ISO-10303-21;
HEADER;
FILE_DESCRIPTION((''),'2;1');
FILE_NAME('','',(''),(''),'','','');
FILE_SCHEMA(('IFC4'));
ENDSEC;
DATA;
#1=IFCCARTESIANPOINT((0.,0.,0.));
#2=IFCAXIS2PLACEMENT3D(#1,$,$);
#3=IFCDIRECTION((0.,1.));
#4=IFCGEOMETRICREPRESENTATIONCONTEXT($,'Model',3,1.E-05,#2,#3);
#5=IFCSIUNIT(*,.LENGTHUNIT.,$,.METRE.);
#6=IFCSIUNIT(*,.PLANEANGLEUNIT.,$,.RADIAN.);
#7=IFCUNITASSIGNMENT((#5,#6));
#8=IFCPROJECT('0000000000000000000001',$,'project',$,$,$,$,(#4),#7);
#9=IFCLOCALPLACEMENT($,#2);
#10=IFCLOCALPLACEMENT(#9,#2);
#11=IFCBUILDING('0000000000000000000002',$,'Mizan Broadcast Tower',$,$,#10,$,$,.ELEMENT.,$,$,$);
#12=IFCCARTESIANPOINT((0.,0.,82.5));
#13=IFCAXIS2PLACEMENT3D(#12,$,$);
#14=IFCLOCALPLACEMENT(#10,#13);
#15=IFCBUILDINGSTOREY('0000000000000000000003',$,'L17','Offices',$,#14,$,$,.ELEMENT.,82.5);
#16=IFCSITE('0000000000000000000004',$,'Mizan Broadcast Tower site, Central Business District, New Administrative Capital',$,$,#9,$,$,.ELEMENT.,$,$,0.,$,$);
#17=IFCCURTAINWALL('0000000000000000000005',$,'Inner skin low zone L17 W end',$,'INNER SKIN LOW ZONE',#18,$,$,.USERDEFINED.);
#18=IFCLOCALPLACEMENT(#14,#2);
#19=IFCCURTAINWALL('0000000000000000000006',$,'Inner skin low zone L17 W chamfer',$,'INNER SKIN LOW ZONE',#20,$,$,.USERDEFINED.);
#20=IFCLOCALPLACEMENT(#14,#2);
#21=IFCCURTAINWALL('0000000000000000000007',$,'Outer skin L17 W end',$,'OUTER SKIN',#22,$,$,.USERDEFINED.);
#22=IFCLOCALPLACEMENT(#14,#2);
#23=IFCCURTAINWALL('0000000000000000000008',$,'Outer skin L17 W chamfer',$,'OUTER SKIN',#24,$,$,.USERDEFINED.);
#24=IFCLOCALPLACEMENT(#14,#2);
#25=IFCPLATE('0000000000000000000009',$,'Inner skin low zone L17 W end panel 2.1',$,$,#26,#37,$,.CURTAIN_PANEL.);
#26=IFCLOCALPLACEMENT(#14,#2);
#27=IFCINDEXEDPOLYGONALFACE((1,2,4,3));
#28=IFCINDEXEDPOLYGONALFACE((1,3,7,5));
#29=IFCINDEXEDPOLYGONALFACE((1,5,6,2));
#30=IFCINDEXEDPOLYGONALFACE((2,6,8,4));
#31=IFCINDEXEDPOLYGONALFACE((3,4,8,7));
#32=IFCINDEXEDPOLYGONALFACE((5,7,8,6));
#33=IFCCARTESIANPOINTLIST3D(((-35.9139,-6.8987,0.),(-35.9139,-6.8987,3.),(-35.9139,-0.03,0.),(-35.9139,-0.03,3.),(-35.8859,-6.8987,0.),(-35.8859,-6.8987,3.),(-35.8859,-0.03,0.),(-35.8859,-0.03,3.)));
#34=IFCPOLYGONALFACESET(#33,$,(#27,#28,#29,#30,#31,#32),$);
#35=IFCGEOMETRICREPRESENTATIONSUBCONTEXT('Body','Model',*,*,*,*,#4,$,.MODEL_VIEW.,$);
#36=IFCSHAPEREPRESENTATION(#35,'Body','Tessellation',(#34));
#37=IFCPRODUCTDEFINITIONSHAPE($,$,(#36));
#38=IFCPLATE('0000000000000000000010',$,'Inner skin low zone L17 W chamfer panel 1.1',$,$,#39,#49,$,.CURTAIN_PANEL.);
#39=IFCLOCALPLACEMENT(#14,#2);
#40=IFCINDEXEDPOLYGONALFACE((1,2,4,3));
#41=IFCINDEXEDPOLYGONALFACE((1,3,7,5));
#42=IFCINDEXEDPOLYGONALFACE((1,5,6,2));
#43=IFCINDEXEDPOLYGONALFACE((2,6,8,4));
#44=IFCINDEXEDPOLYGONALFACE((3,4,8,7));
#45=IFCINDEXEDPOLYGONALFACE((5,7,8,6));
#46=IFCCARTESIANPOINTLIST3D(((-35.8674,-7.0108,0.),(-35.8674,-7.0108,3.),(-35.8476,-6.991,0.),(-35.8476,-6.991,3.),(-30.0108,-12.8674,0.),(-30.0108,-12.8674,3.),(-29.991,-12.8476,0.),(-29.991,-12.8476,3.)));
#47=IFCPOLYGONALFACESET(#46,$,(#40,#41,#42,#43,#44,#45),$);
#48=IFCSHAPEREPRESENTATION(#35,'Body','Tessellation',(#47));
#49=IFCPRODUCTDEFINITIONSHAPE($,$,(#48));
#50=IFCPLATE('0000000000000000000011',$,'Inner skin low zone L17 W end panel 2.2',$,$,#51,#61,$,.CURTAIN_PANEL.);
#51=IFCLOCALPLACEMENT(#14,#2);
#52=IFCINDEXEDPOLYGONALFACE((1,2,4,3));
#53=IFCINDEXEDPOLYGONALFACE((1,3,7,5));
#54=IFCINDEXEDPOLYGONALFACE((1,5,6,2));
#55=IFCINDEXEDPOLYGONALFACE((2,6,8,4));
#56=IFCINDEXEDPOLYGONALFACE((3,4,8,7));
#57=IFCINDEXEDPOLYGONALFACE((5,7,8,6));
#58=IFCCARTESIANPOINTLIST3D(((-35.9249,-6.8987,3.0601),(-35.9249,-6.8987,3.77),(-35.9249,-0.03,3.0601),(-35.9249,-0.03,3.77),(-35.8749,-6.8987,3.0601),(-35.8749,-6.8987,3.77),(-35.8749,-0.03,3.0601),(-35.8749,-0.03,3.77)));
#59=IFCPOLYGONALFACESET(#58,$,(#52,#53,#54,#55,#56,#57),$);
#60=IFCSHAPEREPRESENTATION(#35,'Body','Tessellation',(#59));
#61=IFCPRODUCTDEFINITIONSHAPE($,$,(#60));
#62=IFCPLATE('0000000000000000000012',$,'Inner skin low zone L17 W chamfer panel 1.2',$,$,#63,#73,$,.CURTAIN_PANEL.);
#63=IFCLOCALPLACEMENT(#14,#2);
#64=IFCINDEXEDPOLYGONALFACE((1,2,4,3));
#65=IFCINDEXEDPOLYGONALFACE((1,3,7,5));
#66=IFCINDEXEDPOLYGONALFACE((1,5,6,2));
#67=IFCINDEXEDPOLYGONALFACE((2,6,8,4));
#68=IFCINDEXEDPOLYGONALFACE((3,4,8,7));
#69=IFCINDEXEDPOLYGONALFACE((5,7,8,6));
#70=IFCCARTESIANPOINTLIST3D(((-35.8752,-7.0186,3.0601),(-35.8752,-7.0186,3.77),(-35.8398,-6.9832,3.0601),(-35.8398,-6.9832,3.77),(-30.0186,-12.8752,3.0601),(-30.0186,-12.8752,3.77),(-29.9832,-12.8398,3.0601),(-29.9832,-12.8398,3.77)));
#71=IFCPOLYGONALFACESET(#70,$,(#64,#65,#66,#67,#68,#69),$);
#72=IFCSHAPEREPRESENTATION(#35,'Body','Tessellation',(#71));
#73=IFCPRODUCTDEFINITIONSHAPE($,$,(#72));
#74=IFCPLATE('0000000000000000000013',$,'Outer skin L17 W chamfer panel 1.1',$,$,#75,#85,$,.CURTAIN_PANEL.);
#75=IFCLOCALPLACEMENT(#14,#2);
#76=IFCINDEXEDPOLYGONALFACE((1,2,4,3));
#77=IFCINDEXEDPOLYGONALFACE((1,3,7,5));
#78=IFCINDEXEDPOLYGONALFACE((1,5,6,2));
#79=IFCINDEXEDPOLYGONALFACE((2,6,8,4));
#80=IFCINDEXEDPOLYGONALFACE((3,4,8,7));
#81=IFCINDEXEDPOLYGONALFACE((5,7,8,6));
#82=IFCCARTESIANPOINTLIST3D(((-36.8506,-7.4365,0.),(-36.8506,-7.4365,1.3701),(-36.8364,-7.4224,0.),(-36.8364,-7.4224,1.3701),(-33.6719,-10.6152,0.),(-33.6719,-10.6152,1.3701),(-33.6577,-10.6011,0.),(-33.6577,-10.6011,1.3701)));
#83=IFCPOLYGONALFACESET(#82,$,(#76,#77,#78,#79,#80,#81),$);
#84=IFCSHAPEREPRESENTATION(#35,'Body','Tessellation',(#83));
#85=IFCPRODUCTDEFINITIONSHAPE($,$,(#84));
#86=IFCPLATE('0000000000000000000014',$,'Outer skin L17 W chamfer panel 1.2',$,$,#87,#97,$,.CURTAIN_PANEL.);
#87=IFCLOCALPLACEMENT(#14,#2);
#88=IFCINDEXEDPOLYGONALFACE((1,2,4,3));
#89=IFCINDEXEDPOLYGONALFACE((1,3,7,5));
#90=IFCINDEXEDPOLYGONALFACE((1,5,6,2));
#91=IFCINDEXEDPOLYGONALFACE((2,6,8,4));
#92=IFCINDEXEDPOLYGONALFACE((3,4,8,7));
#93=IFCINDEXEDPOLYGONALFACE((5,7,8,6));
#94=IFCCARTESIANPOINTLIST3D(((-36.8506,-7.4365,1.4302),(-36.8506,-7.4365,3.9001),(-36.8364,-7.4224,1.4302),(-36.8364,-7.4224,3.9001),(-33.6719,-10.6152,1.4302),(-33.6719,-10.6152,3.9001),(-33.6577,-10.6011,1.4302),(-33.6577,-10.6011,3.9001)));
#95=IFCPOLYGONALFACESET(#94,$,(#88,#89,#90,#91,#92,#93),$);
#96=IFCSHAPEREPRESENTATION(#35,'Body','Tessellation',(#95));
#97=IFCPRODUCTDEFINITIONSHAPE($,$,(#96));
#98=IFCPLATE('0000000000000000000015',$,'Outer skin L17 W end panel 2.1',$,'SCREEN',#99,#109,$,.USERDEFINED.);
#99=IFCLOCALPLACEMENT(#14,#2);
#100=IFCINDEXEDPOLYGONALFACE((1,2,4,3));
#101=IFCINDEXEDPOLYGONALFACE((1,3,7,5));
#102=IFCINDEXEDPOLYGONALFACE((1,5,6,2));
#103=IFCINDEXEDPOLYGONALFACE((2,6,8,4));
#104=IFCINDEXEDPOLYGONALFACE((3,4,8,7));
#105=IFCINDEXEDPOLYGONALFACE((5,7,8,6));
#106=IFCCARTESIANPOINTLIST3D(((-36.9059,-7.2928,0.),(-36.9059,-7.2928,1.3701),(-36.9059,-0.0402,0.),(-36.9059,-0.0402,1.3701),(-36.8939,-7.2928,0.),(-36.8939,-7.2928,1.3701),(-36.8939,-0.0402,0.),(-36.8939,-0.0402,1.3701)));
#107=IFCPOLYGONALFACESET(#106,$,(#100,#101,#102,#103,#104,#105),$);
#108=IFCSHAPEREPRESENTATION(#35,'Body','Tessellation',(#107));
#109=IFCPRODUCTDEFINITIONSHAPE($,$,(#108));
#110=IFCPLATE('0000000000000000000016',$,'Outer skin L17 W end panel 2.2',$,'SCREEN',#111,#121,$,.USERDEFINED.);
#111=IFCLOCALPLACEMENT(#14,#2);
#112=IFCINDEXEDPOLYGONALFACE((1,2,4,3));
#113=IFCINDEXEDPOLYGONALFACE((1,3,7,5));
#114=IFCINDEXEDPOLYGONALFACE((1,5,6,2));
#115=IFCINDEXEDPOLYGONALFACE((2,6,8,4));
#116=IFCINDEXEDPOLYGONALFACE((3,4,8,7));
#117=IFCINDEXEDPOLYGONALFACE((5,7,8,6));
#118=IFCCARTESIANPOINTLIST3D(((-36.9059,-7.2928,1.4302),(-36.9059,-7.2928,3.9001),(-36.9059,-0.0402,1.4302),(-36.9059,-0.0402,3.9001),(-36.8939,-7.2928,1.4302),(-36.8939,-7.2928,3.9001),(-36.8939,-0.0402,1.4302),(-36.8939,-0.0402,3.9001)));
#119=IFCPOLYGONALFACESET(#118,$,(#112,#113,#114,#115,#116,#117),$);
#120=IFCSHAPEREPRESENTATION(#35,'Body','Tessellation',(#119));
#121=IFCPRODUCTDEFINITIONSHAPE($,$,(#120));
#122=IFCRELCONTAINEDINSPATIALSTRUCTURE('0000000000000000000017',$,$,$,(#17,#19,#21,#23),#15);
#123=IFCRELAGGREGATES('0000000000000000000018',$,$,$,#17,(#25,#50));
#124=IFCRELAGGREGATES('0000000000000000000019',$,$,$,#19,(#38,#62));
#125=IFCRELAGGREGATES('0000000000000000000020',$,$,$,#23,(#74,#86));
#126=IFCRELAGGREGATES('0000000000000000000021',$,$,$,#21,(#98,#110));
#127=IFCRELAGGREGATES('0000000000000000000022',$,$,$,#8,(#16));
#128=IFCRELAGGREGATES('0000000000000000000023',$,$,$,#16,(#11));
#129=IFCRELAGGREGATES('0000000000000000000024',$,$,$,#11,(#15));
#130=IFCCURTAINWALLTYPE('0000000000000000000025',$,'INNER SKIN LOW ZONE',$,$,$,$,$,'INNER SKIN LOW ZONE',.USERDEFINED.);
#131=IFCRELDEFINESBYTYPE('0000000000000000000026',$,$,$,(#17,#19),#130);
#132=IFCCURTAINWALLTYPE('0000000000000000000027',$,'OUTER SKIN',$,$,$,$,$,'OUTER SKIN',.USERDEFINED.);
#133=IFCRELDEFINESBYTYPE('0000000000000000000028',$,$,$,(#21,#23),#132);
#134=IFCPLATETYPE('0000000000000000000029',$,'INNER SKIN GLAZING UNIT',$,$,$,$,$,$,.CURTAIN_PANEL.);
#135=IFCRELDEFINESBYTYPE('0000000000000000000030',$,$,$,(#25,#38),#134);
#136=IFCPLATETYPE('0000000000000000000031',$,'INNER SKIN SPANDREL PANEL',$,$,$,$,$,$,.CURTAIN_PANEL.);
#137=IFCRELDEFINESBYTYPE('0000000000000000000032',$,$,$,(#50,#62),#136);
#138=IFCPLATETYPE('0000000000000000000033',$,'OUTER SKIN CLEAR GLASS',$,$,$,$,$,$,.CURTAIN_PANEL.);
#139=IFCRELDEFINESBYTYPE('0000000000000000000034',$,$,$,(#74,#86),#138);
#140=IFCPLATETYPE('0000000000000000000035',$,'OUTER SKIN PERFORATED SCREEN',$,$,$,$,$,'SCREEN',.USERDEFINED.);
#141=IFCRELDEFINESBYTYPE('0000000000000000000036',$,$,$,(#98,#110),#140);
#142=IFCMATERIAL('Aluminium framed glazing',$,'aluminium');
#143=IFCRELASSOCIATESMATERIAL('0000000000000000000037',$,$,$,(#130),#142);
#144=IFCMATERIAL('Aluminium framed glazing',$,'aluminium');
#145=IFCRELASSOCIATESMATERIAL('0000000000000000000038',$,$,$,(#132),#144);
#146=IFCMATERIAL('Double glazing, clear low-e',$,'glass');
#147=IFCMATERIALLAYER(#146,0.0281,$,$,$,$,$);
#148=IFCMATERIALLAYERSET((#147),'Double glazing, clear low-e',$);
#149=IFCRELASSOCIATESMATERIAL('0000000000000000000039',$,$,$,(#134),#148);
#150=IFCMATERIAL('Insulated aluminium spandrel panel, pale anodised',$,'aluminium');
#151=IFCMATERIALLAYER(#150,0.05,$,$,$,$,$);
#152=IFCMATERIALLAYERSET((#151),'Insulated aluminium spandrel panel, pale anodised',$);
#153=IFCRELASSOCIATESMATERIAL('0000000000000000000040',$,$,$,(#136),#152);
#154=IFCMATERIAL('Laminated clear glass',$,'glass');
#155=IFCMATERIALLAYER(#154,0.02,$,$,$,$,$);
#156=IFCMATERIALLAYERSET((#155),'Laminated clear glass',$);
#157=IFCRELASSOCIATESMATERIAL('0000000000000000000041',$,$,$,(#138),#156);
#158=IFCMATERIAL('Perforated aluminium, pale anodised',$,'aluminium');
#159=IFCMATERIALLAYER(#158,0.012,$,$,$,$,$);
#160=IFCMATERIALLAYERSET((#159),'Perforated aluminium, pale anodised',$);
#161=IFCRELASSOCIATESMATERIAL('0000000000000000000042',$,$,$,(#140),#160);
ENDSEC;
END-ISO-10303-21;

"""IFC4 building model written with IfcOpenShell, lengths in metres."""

from ifc_helpers import new_model, si_unit, direction, frame, origin, origin_2d, place, context, subcontext, project, spatial, rectangle, extrude, material, layer, layer_set, type_object, element, aggregate, save


model = new_model("IFC4")

# Units and contexts
model_context = context("Model", 3, precision=1e-05, world=origin(), true_north=direction((0.0, 1.0)))
body_context = subcontext(model_context, "Body", "Model", "MODEL_VIEW")
ifc_project = project(units=[si_unit("LENGTHUNIT", "METRE"), si_unit("PLANEANGLEUNIT", "RADIAN")], contexts=[model_context])

# Site, building, storey
site_placement = place(None, origin())
site = spatial("IfcSite", under=ifc_project, at=site_placement, Name="Mizan Broadcast Tower site, Central Business District, New Administrative Capital", CompositionType="ELEMENT", RefElevation=0.0)
building_placement = place(site_placement, origin())
building = spatial("IfcBuilding", under=site, at=building_placement, Name="Mizan Broadcast Tower", CompositionType="ELEMENT")
storey_placement = place(building_placement, frame((0.0, 0.0, 82.5)))
storey = spatial("IfcBuildingStorey", under=building, at=storey_placement, Name="L17", Description="Offices", CompositionType="ELEMENT", Elevation=82.5)

# Curtain wall
ifc_material_1 = material(Name="Aluminium framed glazing", Category="aluminium")
curtain_wall_type_1 = type_object("IfcCurtainWallType", Name="INNER SKIN LOW ZONE", ElementType="INNER SKIN LOW ZONE", PredefinedType="USERDEFINED", material=ifc_material_1)
curtain_wall_1_placement = place(storey_placement, origin())
curtain_wall_1 = element("IfcCurtainWall", 1, at=curtain_wall_1_placement, inside=storey, type_object=curtain_wall_type_1, Name="Inner skin low zone L17 W end", ObjectType="INNER SKIN LOW ZONE", PredefinedType="USERDEFINED")

# Curtain wall
curtain_wall_2_placement = place(storey_placement, origin())
curtain_wall_2 = element("IfcCurtainWall", 2, at=curtain_wall_2_placement, inside=storey, type_object=curtain_wall_type_1, Name="Inner skin low zone L17 W chamfer", ObjectType="INNER SKIN LOW ZONE", PredefinedType="USERDEFINED")

# Curtain wall
ifc_material_2 = material(Name="Aluminium framed glazing", Category="aluminium")
curtain_wall_type_2 = type_object("IfcCurtainWallType", Name="OUTER SKIN", ElementType="OUTER SKIN", PredefinedType="USERDEFINED", material=ifc_material_2)
curtain_wall_3_placement = place(storey_placement, origin())
curtain_wall_3 = element("IfcCurtainWall", 3, at=curtain_wall_3_placement, inside=storey, type_object=curtain_wall_type_2, Name="Outer skin L17 W end", ObjectType="OUTER SKIN", PredefinedType="USERDEFINED")

# Curtain wall
curtain_wall_4_placement = place(storey_placement, origin())
curtain_wall_4 = element("IfcCurtainWall", 4, at=curtain_wall_4_placement, inside=storey, type_object=curtain_wall_type_2, Name="Outer skin L17 W chamfer", ObjectType="OUTER SKIN", PredefinedType="USERDEFINED")

# Plates
ifc_material_3 = material(Name="Double glazing, clear low-e", Category="glass")
ifc_layer_1 = layer(ifc_material_3, 0.0281)
ifc_layer_set_1 = layer_set([ifc_layer_1], Name="Double glazing, clear low-e")
plate_type_1 = type_object("IfcPlateType", Name="INNER SKIN GLAZING UNIT", PredefinedType="CURTAIN_PANEL", material=ifc_layer_set_1)
plate_1_placement = place(storey_placement, frame((-35.8999, -3.4644, 0.0), z_axis=(0.0, 0.0, 1.0), x_axis=(0.0, -1.0, 0.0)))
plate_1 = element("IfcPlate", 5, at=plate_1_placement, type_object=plate_type_1, Name="Inner skin low zone L17 W end panel 2.1", PredefinedType="CURTAIN_PANEL", context=body_context, shape_type="SweptSolid", body=[
    extrude(rectangle(XDim=6.8687, YDim=0.0281, at=origin_2d()), origin(), (0.0, 0.0, 1.0), 3.0),
])
plate_2_placement = place(storey_placement, frame((-32.9292, -9.9292, 0.0), z_axis=(0.0, 0.0, 1.0), x_axis=(0.707107, -0.707107, 0.0)))
plate_2 = element("IfcPlate", 6, at=plate_2_placement, type_object=plate_type_1, Name="Inner skin low zone L17 W chamfer panel 1.1", PredefinedType="CURTAIN_PANEL", context=body_context, shape_type="SweptSolid", body=[
    extrude(rectangle(XDim=8.2825, YDim=0.0281, at=origin_2d()), origin(), (0.0, 0.0, 1.0), 3.0),
])
ifc_material_4 = material(Name="Insulated aluminium spandrel panel, pale anodised", Category="aluminium")
ifc_layer_2 = layer(ifc_material_4, 0.05)
ifc_layer_set_2 = layer_set([ifc_layer_2], Name="Insulated aluminium spandrel panel, pale anodised")
plate_type_2 = type_object("IfcPlateType", Name="INNER SKIN SPANDREL PANEL", PredefinedType="CURTAIN_PANEL", material=ifc_layer_set_2)
plate_3_placement = place(storey_placement, frame((-35.8999, -3.4644, 3.0601), z_axis=(0.0, 0.0, 1.0), x_axis=(0.0, -1.0, 0.0)))
plate_3 = element("IfcPlate", 7, at=plate_3_placement, type_object=plate_type_2, Name="Inner skin low zone L17 W end panel 2.2", PredefinedType="CURTAIN_PANEL", context=body_context, shape_type="SweptSolid", body=[
    extrude(rectangle(XDim=6.8687, YDim=0.05, at=origin_2d()), origin(), (0.0, 0.0, 1.0), 0.71),
])
aggregate(curtain_wall_1, [plate_1, plate_3])
plate_4_placement = place(storey_placement, frame((-32.9292, -9.9292, 3.0601), z_axis=(0.0, 0.0, 1.0), x_axis=(0.707107, -0.707107, 0.0)))
plate_4 = element("IfcPlate", 8, at=plate_4_placement, type_object=plate_type_2, Name="Inner skin low zone L17 W chamfer panel 1.2", PredefinedType="CURTAIN_PANEL", context=body_context, shape_type="SweptSolid", body=[
    extrude(rectangle(XDim=8.2825, YDim=0.05, at=origin_2d()), origin(), (0.0, 0.0, 1.0), 0.71),
])
aggregate(curtain_wall_2, [plate_2, plate_4])
ifc_material_5 = material(Name="Laminated clear glass", Category="glass")
ifc_layer_3 = layer(ifc_material_5, 0.02)
ifc_layer_set_3 = layer_set([ifc_layer_3], Name="Laminated clear glass")
plate_type_3 = type_object("IfcPlateType", Name="OUTER SKIN CLEAR GLASS", PredefinedType="CURTAIN_PANEL", material=ifc_layer_set_3)
plate_5_placement = place(storey_placement, frame((-35.2542, -9.0188, 0.0), z_axis=(0.0, 0.0, 1.0), x_axis=(0.707107, -0.707107, 0.0)))
plate_5 = element("IfcPlate", 9, at=plate_5_placement, type_object=plate_type_3, Name="Outer skin L17 W chamfer panel 1.1", PredefinedType="CURTAIN_PANEL", context=body_context, shape_type="SweptSolid", body=[
    extrude(rectangle(XDim=4.4954, YDim=0.02, at=origin_2d()), origin(), (0.0, 0.0, 1.0), 1.3701),
])
plate_6_placement = place(storey_placement, frame((-35.2542, -9.0188, 1.4302), z_axis=(0.0, 0.0, 1.0), x_axis=(0.707107, -0.707107, 0.0)))
plate_6 = element("IfcPlate", 10, at=plate_6_placement, type_object=plate_type_3, Name="Outer skin L17 W chamfer panel 1.2", PredefinedType="CURTAIN_PANEL", context=body_context, shape_type="SweptSolid", body=[
    extrude(rectangle(XDim=4.4954, YDim=0.02, at=origin_2d()), origin(), (0.0, 0.0, 1.0), 2.47),
])
aggregate(curtain_wall_4, [plate_5, plate_6])
ifc_material_6 = material(Name="Perforated aluminium, pale anodised", Category="aluminium")
ifc_layer_4 = layer(ifc_material_6, 0.012)
ifc_layer_set_4 = layer_set([ifc_layer_4], Name="Perforated aluminium, pale anodised")
plate_type_4 = type_object("IfcPlateType", Name="OUTER SKIN PERFORATED SCREEN", ElementType="SCREEN", PredefinedType="USERDEFINED", material=ifc_layer_set_4)
plate_7_placement = place(storey_placement, frame((-36.8999, -3.6665, 0.0), z_axis=(0.0, 0.0, 1.0), x_axis=(0.0, -1.0, 0.0)))
plate_7 = element("IfcPlate", 11, at=plate_7_placement, type_object=plate_type_4, Name="Outer skin L17 W end panel 2.1", ObjectType="SCREEN", PredefinedType="USERDEFINED", context=body_context, shape_type="SweptSolid", body=[
    extrude(rectangle(XDim=7.2527, YDim=0.012, at=origin_2d()), origin(), (0.0, 0.0, 1.0), 1.3701),
])
plate_8_placement = place(storey_placement, frame((-36.8999, -3.6665, 1.4302), z_axis=(0.0, 0.0, 1.0), x_axis=(0.0, -1.0, 0.0)))
plate_8 = element("IfcPlate", 12, at=plate_8_placement, type_object=plate_type_4, Name="Outer skin L17 W end panel 2.2", ObjectType="SCREEN", PredefinedType="USERDEFINED", context=body_context, shape_type="SweptSolid", body=[
    extrude(rectangle(XDim=7.2527, YDim=0.012, at=origin_2d()), origin(), (0.0, 0.0, 1.0), 2.47),
])
aggregate(curtain_wall_3, [plate_7, plate_8])

save(model, "model.ifc")
